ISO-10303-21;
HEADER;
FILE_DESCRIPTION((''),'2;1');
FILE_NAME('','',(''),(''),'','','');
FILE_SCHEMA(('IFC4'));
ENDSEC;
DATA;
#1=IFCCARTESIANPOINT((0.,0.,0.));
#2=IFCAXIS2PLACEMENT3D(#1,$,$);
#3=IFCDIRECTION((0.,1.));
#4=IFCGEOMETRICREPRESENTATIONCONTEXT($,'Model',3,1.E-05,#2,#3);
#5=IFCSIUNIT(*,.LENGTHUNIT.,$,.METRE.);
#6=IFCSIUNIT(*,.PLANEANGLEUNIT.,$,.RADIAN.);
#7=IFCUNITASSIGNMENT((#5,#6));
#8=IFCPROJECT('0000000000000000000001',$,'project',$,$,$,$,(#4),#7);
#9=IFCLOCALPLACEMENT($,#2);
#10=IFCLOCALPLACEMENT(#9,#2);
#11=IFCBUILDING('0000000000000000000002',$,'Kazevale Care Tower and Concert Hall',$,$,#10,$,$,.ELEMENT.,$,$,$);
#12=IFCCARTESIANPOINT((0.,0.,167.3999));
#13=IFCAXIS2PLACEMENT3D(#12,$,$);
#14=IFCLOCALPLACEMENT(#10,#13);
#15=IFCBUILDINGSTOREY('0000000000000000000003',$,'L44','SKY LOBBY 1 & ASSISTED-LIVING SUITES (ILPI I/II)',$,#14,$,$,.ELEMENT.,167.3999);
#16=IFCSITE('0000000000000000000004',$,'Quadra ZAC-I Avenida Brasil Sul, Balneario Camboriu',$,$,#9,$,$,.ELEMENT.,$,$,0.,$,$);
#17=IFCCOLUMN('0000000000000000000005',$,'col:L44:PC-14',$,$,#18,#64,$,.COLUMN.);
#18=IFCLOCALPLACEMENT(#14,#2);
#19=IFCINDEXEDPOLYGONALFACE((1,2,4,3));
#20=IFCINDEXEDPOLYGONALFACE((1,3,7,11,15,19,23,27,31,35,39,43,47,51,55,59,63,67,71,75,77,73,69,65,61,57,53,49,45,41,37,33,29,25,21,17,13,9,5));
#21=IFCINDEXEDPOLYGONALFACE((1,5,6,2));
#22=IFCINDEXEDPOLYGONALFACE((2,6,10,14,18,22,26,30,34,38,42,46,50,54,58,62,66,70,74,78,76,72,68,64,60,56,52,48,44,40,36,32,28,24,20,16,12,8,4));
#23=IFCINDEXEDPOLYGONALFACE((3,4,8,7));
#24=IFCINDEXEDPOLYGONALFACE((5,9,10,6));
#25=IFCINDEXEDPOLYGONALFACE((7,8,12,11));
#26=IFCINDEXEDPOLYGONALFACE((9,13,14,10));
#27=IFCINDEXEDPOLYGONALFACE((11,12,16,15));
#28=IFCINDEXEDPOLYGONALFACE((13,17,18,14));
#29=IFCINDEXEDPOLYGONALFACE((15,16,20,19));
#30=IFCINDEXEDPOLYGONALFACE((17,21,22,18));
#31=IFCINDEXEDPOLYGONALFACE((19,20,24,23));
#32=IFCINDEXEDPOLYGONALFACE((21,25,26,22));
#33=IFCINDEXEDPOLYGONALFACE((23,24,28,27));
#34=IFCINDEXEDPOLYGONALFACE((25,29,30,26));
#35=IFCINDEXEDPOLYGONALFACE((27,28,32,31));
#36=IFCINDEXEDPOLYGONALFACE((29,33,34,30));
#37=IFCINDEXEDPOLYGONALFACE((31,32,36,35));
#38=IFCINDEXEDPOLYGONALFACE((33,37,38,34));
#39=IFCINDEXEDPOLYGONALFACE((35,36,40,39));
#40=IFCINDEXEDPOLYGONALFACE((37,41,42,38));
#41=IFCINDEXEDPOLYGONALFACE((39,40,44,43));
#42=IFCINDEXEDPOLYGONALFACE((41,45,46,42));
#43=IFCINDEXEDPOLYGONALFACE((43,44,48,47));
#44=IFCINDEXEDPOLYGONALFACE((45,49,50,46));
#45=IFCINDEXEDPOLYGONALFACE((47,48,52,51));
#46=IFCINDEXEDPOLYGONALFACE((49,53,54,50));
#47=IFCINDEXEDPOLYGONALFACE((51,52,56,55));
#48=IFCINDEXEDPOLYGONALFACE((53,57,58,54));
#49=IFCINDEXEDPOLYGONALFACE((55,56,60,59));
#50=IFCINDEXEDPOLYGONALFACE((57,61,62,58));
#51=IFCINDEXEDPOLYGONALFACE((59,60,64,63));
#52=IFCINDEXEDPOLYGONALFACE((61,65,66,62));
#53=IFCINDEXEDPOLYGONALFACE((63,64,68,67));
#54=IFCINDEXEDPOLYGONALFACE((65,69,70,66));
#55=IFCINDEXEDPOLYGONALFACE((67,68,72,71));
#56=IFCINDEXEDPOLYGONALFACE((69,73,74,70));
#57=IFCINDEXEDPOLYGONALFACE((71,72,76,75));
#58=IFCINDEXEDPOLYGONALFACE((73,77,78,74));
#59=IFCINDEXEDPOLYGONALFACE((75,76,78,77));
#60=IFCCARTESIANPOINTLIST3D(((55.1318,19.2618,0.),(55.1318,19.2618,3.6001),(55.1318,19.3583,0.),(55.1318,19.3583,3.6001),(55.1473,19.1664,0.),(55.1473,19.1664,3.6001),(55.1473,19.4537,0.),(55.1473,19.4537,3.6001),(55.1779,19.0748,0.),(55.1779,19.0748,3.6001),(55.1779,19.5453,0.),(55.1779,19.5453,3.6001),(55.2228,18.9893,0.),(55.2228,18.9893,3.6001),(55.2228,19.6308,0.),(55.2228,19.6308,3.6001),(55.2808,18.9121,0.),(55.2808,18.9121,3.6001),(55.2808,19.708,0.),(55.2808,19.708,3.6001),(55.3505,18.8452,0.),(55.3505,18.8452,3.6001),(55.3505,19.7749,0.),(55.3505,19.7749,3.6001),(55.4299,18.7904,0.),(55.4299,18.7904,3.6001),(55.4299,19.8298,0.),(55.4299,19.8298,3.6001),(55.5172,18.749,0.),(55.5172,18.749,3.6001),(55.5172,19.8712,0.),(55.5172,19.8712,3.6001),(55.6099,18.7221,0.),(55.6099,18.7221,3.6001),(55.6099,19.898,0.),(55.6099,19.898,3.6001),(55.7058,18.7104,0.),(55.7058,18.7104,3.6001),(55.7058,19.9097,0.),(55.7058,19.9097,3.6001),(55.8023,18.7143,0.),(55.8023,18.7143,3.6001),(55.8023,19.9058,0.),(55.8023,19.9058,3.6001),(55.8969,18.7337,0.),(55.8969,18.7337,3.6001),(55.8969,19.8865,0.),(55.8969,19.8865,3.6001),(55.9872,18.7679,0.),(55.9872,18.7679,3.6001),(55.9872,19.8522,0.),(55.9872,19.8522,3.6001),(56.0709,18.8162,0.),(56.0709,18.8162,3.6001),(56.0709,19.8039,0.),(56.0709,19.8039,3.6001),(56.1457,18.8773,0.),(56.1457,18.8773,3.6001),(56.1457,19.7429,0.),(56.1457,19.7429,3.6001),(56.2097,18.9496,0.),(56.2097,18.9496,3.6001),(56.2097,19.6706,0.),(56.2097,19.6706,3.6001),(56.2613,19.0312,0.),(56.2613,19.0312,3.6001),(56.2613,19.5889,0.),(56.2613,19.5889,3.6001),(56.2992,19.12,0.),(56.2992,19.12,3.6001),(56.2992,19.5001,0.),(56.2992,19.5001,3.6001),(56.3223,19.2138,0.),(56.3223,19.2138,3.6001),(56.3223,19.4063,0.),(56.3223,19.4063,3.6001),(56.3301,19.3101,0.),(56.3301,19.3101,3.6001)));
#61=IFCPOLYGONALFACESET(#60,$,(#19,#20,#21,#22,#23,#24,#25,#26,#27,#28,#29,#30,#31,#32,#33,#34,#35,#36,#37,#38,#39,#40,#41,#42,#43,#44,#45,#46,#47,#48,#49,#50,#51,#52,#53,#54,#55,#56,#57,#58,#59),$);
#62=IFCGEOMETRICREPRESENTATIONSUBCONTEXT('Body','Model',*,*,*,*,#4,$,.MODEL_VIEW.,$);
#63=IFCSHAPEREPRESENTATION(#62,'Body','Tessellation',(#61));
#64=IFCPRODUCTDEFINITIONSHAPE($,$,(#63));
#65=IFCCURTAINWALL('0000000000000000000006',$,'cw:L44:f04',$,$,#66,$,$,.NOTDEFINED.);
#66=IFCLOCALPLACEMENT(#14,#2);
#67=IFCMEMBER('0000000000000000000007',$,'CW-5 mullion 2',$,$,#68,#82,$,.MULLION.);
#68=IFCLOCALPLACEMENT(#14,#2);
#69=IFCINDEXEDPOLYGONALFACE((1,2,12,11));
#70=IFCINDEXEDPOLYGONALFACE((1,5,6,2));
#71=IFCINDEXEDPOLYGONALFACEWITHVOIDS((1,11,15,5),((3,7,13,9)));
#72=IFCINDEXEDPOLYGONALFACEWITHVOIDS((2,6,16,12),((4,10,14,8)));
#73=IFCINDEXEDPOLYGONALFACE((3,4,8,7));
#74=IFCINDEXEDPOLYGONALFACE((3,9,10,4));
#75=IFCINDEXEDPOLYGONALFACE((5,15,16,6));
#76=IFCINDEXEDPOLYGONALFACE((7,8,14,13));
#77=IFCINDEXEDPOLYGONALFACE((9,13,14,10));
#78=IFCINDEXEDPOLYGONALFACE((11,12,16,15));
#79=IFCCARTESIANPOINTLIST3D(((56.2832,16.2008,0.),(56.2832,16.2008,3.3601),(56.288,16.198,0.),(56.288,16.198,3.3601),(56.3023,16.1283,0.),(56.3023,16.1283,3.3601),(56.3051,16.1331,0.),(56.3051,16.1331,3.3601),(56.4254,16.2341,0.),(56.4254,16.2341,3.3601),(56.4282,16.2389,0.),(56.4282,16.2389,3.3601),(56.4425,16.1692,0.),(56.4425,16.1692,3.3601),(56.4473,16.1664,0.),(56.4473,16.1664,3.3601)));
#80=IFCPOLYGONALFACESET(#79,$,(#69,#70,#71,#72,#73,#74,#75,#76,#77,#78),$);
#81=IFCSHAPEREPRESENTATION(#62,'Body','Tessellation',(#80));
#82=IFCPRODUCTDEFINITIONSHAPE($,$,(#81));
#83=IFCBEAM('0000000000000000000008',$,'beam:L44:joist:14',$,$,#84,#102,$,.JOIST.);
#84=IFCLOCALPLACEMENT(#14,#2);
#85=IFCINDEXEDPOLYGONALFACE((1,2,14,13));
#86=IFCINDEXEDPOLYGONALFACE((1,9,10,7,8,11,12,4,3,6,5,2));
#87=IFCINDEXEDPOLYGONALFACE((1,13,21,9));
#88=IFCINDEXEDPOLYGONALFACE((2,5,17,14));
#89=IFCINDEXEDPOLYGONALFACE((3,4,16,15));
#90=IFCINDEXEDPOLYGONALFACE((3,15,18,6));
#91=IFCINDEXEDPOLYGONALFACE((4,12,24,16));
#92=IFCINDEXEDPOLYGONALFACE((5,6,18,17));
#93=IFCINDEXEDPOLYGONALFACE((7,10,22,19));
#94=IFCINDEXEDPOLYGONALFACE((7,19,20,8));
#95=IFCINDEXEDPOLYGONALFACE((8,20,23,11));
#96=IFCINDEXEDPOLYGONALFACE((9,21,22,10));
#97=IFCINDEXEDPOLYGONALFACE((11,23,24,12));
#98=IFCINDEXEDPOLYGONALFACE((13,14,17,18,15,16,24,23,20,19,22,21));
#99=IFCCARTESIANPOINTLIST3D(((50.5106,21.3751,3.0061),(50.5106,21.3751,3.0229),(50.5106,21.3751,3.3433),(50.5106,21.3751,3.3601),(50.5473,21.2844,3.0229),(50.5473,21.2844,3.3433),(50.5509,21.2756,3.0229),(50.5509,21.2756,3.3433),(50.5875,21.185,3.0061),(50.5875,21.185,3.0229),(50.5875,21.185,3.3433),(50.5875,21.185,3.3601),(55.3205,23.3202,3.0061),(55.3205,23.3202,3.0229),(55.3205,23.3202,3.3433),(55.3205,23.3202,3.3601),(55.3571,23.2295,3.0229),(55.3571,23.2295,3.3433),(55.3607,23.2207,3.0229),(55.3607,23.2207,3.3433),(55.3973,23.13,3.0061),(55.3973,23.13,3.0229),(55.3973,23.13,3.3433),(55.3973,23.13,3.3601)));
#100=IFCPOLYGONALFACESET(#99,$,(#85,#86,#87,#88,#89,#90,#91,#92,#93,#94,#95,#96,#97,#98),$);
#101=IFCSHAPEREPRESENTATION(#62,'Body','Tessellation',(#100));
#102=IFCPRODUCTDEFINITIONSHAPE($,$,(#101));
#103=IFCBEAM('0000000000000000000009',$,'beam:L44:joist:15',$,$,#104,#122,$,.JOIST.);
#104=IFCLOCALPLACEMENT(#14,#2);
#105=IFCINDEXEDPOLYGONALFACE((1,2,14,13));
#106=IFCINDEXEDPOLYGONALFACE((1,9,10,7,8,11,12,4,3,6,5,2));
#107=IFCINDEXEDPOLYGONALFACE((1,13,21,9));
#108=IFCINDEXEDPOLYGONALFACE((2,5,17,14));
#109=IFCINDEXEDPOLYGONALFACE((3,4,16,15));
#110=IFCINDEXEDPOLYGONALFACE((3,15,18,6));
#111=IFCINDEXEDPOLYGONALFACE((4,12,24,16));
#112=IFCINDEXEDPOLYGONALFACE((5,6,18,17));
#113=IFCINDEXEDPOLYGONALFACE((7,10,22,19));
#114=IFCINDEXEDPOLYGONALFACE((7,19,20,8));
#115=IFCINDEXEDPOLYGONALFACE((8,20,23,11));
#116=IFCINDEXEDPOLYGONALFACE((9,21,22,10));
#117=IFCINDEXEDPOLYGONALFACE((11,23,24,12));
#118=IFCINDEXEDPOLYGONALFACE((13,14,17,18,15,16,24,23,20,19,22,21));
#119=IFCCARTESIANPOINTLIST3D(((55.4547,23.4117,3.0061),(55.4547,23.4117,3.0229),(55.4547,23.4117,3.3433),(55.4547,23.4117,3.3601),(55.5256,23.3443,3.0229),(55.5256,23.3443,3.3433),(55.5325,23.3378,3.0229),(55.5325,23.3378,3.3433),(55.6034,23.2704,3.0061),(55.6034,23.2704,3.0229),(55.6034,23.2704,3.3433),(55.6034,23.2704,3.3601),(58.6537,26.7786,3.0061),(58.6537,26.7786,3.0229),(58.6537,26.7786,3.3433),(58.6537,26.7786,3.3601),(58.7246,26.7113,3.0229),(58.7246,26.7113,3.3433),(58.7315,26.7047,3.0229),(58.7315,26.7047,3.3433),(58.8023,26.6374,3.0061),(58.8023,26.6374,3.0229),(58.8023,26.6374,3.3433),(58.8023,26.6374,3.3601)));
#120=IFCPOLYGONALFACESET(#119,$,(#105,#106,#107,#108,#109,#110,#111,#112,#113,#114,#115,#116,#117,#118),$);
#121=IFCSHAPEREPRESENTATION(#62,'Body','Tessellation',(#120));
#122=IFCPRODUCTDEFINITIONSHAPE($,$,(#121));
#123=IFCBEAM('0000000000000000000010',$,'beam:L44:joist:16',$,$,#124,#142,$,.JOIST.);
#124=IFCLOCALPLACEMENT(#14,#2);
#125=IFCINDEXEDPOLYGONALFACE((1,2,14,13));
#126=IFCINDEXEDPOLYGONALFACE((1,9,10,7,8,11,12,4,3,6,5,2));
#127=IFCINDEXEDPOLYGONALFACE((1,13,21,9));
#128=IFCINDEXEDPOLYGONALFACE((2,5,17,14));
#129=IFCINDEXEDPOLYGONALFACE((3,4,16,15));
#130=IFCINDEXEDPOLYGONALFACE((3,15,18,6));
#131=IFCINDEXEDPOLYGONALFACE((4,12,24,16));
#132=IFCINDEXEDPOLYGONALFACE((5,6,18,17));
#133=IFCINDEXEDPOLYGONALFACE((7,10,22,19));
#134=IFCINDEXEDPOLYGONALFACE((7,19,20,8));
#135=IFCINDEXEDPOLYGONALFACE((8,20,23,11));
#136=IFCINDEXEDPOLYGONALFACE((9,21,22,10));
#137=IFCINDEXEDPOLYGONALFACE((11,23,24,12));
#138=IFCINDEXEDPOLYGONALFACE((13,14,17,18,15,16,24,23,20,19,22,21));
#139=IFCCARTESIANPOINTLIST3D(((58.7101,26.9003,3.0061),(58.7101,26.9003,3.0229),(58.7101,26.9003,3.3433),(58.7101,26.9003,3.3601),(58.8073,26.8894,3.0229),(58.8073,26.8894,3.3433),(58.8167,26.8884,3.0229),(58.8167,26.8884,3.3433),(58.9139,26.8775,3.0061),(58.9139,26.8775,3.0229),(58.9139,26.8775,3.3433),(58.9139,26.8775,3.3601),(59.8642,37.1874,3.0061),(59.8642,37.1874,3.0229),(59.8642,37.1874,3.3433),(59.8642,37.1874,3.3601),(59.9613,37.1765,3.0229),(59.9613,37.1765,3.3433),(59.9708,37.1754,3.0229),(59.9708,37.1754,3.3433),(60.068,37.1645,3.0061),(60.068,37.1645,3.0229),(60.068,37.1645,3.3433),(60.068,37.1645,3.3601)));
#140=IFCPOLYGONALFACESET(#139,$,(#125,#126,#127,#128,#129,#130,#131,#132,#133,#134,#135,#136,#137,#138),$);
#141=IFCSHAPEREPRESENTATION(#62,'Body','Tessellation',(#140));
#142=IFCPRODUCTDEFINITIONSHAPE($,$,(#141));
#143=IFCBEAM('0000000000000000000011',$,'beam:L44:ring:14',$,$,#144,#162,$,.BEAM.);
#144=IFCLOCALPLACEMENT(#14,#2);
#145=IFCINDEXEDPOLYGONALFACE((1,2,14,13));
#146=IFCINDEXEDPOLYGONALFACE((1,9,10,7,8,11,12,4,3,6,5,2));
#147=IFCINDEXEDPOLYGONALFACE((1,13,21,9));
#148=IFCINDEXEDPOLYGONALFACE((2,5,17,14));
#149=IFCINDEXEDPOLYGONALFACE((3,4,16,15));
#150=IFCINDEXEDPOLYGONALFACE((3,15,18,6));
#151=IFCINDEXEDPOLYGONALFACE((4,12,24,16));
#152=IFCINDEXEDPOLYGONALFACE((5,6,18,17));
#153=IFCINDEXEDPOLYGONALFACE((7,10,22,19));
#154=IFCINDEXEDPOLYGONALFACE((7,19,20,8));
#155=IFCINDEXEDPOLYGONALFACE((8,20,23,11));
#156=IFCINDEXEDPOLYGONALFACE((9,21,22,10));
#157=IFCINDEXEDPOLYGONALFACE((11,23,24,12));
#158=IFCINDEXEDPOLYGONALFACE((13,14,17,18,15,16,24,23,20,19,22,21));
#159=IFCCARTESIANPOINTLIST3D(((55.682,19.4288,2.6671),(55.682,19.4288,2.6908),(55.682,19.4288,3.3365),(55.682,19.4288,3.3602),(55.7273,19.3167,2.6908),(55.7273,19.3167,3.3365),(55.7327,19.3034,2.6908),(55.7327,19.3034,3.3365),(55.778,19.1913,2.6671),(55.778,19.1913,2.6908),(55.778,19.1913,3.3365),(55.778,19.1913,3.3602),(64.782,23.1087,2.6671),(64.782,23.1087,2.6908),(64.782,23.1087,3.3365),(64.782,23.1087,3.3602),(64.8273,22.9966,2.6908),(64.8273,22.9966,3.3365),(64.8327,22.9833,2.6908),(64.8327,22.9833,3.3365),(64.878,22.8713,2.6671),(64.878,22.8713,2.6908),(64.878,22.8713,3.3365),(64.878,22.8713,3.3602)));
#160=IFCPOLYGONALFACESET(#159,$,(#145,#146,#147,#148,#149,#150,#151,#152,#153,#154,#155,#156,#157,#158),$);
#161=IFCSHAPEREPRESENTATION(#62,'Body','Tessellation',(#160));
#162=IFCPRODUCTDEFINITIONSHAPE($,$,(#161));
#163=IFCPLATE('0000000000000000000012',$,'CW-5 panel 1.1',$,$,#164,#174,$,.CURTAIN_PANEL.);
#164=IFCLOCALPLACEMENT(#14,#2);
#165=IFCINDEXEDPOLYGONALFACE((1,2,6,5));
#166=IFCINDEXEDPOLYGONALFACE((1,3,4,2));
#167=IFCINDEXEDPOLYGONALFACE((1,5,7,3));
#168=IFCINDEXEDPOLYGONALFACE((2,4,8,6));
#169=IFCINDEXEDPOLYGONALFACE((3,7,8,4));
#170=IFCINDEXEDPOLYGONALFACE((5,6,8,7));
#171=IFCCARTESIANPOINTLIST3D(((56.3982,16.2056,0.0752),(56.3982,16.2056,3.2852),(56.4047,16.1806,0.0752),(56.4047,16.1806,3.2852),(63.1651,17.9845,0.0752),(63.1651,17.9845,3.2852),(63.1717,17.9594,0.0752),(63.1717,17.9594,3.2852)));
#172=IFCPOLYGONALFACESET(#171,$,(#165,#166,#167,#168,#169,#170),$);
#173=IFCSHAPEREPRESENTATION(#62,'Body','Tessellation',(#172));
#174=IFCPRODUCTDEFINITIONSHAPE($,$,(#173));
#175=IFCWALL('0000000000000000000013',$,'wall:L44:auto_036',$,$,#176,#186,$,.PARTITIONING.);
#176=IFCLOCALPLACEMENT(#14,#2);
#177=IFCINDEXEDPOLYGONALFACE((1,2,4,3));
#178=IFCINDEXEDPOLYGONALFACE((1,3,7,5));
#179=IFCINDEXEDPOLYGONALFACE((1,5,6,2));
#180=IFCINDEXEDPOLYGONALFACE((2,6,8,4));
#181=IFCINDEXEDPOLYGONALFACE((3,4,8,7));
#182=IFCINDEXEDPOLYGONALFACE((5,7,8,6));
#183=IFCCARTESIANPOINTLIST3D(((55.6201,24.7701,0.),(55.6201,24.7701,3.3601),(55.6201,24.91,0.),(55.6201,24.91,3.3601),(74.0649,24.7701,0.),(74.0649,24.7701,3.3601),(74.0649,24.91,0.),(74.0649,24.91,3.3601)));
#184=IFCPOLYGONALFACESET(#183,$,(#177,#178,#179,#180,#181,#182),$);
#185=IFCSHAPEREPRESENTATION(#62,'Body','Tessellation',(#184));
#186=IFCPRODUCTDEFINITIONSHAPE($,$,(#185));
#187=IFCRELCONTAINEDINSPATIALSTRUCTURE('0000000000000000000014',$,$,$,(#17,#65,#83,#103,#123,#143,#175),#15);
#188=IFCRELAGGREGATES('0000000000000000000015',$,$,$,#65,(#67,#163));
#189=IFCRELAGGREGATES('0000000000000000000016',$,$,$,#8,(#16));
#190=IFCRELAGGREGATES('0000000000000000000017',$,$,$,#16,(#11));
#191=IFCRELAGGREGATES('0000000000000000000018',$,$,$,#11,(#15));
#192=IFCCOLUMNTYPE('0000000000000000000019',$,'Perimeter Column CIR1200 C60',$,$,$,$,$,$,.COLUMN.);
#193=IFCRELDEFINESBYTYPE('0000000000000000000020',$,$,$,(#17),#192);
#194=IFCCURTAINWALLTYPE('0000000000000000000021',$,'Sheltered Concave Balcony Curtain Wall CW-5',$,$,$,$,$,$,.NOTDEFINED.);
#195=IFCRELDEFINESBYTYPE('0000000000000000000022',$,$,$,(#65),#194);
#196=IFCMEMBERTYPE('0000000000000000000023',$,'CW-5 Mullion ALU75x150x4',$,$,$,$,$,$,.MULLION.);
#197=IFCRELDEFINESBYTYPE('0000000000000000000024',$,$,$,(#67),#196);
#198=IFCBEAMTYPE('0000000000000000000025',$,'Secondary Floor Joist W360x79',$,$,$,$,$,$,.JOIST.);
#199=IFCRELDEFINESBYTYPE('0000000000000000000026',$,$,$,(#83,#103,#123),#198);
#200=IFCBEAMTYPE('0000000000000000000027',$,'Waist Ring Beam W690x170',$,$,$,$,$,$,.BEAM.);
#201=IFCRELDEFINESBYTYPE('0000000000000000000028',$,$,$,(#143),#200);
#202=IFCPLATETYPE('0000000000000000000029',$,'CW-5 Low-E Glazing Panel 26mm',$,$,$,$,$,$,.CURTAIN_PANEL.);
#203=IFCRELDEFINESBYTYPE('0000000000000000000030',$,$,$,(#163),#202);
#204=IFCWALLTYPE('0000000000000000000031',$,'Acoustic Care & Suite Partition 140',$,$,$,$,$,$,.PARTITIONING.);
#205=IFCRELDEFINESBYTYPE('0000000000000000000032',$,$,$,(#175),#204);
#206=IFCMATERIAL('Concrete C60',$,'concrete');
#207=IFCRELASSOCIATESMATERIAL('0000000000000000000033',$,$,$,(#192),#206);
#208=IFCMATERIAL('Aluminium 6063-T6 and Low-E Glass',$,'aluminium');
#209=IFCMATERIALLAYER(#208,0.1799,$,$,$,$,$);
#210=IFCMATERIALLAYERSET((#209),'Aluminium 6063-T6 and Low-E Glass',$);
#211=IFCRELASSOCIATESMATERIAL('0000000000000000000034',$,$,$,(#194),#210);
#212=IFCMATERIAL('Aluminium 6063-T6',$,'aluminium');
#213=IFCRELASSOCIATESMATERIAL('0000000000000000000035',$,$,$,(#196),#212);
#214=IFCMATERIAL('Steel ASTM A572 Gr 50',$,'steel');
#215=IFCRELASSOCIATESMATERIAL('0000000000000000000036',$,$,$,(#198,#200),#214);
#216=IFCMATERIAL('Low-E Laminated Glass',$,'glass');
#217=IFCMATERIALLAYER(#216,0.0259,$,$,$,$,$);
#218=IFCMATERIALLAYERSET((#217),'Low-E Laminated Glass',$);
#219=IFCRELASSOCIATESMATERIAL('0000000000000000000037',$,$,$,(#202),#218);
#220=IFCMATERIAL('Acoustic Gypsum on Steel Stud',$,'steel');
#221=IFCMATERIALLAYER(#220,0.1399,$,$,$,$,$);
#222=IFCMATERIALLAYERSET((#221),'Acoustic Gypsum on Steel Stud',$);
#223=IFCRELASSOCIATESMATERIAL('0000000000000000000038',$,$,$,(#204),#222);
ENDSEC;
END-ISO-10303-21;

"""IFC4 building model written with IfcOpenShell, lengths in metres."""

from ifc_helpers import new_model, si_unit, direction, frame, frame_2d, origin, origin_2d, place, context, subcontext, project, spatial, rectangle, hollow_rectangle, circle, i_section, extrude, material, layer, layer_set, material_profile, profile_set, type_object, element, aggregate, save


model = new_model("IFC4")

# Units and contexts
model_context = context("Model", 3, precision=1e-05, world=origin(), true_north=direction((0.0, 1.0)))
body_context = subcontext(model_context, "Body", "Model", "MODEL_VIEW")
ifc_project = project(units=[si_unit("LENGTHUNIT", "METRE"), si_unit("PLANEANGLEUNIT", "RADIAN")], contexts=[model_context])

# Site, building, storey
site_placement = place(None, origin())
site = spatial("IfcSite", under=ifc_project, at=site_placement, Name="Quadra ZAC-I Avenida Brasil Sul, Balneario Camboriu", CompositionType="ELEMENT", RefElevation=0.0)
building_placement = place(site_placement, origin())
building = spatial("IfcBuilding", under=site, at=building_placement, Name="Kazevale Care Tower and Concert Hall", CompositionType="ELEMENT")
storey_placement = place(building_placement, frame((0.0, 0.0, 167.3999)))
storey = spatial("IfcBuildingStorey", under=building, at=storey_placement, Name="L44", Description="SKY LOBBY 1 & ASSISTED-LIVING SUITES (ILPI I/II)", CompositionType="ELEMENT", Elevation=167.3999)

# Column
ifc_material_1 = material(Name="Concrete C60", Category="concrete")
ifc_material_profile_1 = material_profile(ifc_material_1, circle(Radius=0.6001, at=origin_2d()), Name="RC-CIR1200")
ifc_profile_set_1 = profile_set([ifc_material_profile_1], Name="Concrete C60")
column_type = type_object("IfcColumnType", Name="Perimeter Column CIR1200 C60", PredefinedType="COLUMN", material=ifc_profile_set_1)
column_placement = place(storey_placement, frame((55.73, 19.3101, 0.0), z_axis=(0.0, 0.0, 1.0), x_axis=(1.0, 0.0, 0.0)))
element("IfcColumn", 1, at=column_placement, inside=storey, type_object=column_type, Name="col:L44:PC-14", PredefinedType="COLUMN", context=body_context, shape_type="SweptSolid", body=[
    extrude(circle(Radius=0.6001, at=origin_2d()), origin(), (0.0, 0.0, 1.0), 3.6001),
])

# Curtain wall, member
ifc_material_2 = material(Name="Aluminium 6063-T6 and Low-E Glass", Category="aluminium")
ifc_layer_1 = layer(ifc_material_2, 0.1799)
ifc_layer_set_1 = layer_set([ifc_layer_1], Name="Aluminium 6063-T6 and Low-E Glass")
curtain_wall_type = type_object("IfcCurtainWallType", Name="Sheltered Concave Balcony Curtain Wall CW-5", PredefinedType="NOTDEFINED", material=ifc_layer_set_1)
curtain_wall_placement = place(storey_placement, origin())
curtain_wall = element("IfcCurtainWall", 2, at=curtain_wall_placement, inside=storey, type_object=curtain_wall_type, Name="cw:L44:f04", PredefinedType="NOTDEFINED")
ifc_material_3 = material(Name="Aluminium 6063-T6", Category="aluminium")
ifc_material_profile_2 = material_profile(ifc_material_3, hollow_rectangle(XDim=0.075, YDim=0.1499, WallThickness=0.0039, at=origin_2d()), Name="ALU75x150x4")
ifc_profile_set_2 = profile_set([ifc_material_profile_2], Name="Aluminium 6063-T6")
member_type = type_object("IfcMemberType", Name="CW-5 Mullion ALU75x150x4", PredefinedType="MULLION", material=ifc_profile_set_2)
member_placement = place(storey_placement, frame((56.3652, 16.1836, 0.0), z_axis=(0.0, 0.0, 1.0), x_axis=(0.254238, -0.967142, 0.0)))
member = element("IfcMember", 3, at=member_placement, type_object=member_type, Name="CW-5 mullion 2", PredefinedType="MULLION", context=body_context, shape_type="SweptSolid", body=[
    extrude(hollow_rectangle(XDim=0.075, YDim=0.1499, WallThickness=0.0039, at=origin_2d()), origin(), (0.0, 0.0, 1.0), 3.3601),
])

# Beams
ifc_material_4 = material(Name="Steel ASTM A572 Gr 50", Category="steel")
ifc_material_profile_3 = material_profile(ifc_material_4, i_section(OverallWidth=0.2051, OverallDepth=0.354, WebThickness=0.0095, FlangeThickness=0.0168, at=origin_2d()), Name="W360x79")
ifc_profile_set_3 = profile_set([ifc_material_profile_3], Name="Steel ASTM A572 Gr 50")
beam_type_1 = type_object("IfcBeamType", Name="Secondary Floor Joist W360x79", PredefinedType="JOIST", material=ifc_profile_set_3)
beam_1_placement = place(storey_placement, frame((50.5491, 21.28, 3.1831), z_axis=(0.927065, 0.374901, 0.0), x_axis=(-0.374901, 0.927065, 0.0)))
element("IfcBeam", 4, at=beam_1_placement, inside=storey, type_object=beam_type_1, Name="beam:L44:joist:14", PredefinedType="JOIST", context=body_context, shape_type="SweptSolid", body=[
    extrude(i_section(OverallWidth=0.2051, OverallDepth=0.354, WebThickness=0.0095, FlangeThickness=0.0168, at=origin_2d()), origin(), (0.0, 0.0, 1.0), 5.1882),
])
beam_2_placement = place(storey_placement, frame((55.5291, 23.3411, 3.1831), z_axis=(0.688792, 0.724959, 0.0), x_axis=(-0.724959, 0.688792, 0.0)))
element("IfcBeam", 5, at=beam_2_placement, inside=storey, type_object=beam_type_1, Name="beam:L44:joist:15", PredefinedType="JOIST", context=body_context, shape_type="SweptSolid", body=[
    extrude(i_section(OverallWidth=0.2051, OverallDepth=0.354, WebThickness=0.0095, FlangeThickness=0.0168, at=origin_2d()), origin(), (0.0, 0.0, 1.0), 4.6443),
])
beam_3_placement = place(storey_placement, frame((58.812, 26.8889, 3.1831), z_axis=(0.111485, 0.993766, 0.0), x_axis=(-0.993766, 0.111485, 0.0)))
element("IfcBeam", 6, at=beam_3_placement, inside=storey, type_object=beam_type_1, Name="beam:L44:joist:16", PredefinedType="JOIST", context=body_context, shape_type="SweptSolid", body=[
    extrude(i_section(OverallWidth=0.2051, OverallDepth=0.354, WebThickness=0.0095, FlangeThickness=0.0168, at=origin_2d()), origin(), (0.0, 0.0, 1.0), 10.3516),
])
ifc_material_profile_4 = material_profile(ifc_material_4, i_section(OverallWidth=0.2561, OverallDepth=0.6931, WebThickness=0.0144, FlangeThickness=0.0237, at=origin_2d()), Name="W690x170")
ifc_profile_set_4 = profile_set([ifc_material_profile_4], Name="Steel ASTM A572 Gr 50")
beam_type_2 = type_object("IfcBeamType", Name="Waist Ring Beam W690x170", PredefinedType="BEAM", material=ifc_profile_set_4)
beam_4_placement = place(storey_placement, frame((55.73, 19.3101, 3.0137), z_axis=(0.927069, 0.374892, 0.0), x_axis=(-0.374892, 0.927069, 0.0)))
element("IfcBeam", 7, at=beam_4_placement, inside=storey, type_object=beam_type_2, Name="beam:L44:ring:14", PredefinedType="BEAM", context=body_context, shape_type="SweptSolid", body=[
    extrude(i_section(OverallWidth=0.2561, OverallDepth=0.6931, WebThickness=0.0144, FlangeThickness=0.0237, at=origin_2d()), origin(), (0.0, 0.0, 1.0), 9.8159),
])

# Plate
ifc_material_5 = material(Name="Low-E Laminated Glass", Category="glass")
ifc_layer_2 = layer(ifc_material_5, 0.0259)
ifc_layer_set_2 = layer_set([ifc_layer_2], Name="Low-E Laminated Glass")
plate_type = type_object("IfcPlateType", Name="CW-5 Low-E Glazing Panel 26mm", PredefinedType="CURTAIN_PANEL", material=ifc_layer_set_2)
plate_placement = place(storey_placement, frame((59.7849, 17.0825, 0.0752), z_axis=(0.0, 0.0, 1.0), x_axis=(-0.967142, -0.254238, 0.0)))
plate = element("IfcPlate", 8, at=plate_placement, type_object=plate_type, Name="CW-5 panel 1.1", PredefinedType="CURTAIN_PANEL", context=body_context, shape_type="SweptSolid", body=[
    extrude(rectangle(XDim=6.9968, YDim=0.0259, at=origin_2d()), origin(), (0.0, 0.0, 1.0), 3.21),
])
aggregate(curtain_wall, [member, plate])

# Wall
ifc_material_6 = material(Name="Acoustic Gypsum on Steel Stud", Category="steel")
ifc_layer_3 = layer(ifc_material_6, 0.1399)
ifc_layer_set_3 = layer_set([ifc_layer_3], Name="Acoustic Gypsum on Steel Stud")
wall_type_1 = type_object("IfcWallType", Name="Acoustic Care & Suite Partition 140", PredefinedType="PARTITIONING", material=ifc_layer_set_3)
wall_1_placement = place(storey_placement, frame((55.6201, 24.8401, 0.0), z_axis=(0.0, 0.0, 1.0), x_axis=(1.0, 0.0, 0.0)))
element("IfcWall", 9, at=wall_1_placement, inside=storey, type_object=wall_type_1, Name="wall:L44:auto_036", PredefinedType="PARTITIONING", context=body_context, shape_type="SweptSolid", body=[
    extrude(rectangle(XDim=18.4448, YDim=0.1399, at=frame_2d((9.2224, 0.0))), origin(), (0.0, 0.0, 1.0), 3.3601),
])

save(model, "model.ifc")
